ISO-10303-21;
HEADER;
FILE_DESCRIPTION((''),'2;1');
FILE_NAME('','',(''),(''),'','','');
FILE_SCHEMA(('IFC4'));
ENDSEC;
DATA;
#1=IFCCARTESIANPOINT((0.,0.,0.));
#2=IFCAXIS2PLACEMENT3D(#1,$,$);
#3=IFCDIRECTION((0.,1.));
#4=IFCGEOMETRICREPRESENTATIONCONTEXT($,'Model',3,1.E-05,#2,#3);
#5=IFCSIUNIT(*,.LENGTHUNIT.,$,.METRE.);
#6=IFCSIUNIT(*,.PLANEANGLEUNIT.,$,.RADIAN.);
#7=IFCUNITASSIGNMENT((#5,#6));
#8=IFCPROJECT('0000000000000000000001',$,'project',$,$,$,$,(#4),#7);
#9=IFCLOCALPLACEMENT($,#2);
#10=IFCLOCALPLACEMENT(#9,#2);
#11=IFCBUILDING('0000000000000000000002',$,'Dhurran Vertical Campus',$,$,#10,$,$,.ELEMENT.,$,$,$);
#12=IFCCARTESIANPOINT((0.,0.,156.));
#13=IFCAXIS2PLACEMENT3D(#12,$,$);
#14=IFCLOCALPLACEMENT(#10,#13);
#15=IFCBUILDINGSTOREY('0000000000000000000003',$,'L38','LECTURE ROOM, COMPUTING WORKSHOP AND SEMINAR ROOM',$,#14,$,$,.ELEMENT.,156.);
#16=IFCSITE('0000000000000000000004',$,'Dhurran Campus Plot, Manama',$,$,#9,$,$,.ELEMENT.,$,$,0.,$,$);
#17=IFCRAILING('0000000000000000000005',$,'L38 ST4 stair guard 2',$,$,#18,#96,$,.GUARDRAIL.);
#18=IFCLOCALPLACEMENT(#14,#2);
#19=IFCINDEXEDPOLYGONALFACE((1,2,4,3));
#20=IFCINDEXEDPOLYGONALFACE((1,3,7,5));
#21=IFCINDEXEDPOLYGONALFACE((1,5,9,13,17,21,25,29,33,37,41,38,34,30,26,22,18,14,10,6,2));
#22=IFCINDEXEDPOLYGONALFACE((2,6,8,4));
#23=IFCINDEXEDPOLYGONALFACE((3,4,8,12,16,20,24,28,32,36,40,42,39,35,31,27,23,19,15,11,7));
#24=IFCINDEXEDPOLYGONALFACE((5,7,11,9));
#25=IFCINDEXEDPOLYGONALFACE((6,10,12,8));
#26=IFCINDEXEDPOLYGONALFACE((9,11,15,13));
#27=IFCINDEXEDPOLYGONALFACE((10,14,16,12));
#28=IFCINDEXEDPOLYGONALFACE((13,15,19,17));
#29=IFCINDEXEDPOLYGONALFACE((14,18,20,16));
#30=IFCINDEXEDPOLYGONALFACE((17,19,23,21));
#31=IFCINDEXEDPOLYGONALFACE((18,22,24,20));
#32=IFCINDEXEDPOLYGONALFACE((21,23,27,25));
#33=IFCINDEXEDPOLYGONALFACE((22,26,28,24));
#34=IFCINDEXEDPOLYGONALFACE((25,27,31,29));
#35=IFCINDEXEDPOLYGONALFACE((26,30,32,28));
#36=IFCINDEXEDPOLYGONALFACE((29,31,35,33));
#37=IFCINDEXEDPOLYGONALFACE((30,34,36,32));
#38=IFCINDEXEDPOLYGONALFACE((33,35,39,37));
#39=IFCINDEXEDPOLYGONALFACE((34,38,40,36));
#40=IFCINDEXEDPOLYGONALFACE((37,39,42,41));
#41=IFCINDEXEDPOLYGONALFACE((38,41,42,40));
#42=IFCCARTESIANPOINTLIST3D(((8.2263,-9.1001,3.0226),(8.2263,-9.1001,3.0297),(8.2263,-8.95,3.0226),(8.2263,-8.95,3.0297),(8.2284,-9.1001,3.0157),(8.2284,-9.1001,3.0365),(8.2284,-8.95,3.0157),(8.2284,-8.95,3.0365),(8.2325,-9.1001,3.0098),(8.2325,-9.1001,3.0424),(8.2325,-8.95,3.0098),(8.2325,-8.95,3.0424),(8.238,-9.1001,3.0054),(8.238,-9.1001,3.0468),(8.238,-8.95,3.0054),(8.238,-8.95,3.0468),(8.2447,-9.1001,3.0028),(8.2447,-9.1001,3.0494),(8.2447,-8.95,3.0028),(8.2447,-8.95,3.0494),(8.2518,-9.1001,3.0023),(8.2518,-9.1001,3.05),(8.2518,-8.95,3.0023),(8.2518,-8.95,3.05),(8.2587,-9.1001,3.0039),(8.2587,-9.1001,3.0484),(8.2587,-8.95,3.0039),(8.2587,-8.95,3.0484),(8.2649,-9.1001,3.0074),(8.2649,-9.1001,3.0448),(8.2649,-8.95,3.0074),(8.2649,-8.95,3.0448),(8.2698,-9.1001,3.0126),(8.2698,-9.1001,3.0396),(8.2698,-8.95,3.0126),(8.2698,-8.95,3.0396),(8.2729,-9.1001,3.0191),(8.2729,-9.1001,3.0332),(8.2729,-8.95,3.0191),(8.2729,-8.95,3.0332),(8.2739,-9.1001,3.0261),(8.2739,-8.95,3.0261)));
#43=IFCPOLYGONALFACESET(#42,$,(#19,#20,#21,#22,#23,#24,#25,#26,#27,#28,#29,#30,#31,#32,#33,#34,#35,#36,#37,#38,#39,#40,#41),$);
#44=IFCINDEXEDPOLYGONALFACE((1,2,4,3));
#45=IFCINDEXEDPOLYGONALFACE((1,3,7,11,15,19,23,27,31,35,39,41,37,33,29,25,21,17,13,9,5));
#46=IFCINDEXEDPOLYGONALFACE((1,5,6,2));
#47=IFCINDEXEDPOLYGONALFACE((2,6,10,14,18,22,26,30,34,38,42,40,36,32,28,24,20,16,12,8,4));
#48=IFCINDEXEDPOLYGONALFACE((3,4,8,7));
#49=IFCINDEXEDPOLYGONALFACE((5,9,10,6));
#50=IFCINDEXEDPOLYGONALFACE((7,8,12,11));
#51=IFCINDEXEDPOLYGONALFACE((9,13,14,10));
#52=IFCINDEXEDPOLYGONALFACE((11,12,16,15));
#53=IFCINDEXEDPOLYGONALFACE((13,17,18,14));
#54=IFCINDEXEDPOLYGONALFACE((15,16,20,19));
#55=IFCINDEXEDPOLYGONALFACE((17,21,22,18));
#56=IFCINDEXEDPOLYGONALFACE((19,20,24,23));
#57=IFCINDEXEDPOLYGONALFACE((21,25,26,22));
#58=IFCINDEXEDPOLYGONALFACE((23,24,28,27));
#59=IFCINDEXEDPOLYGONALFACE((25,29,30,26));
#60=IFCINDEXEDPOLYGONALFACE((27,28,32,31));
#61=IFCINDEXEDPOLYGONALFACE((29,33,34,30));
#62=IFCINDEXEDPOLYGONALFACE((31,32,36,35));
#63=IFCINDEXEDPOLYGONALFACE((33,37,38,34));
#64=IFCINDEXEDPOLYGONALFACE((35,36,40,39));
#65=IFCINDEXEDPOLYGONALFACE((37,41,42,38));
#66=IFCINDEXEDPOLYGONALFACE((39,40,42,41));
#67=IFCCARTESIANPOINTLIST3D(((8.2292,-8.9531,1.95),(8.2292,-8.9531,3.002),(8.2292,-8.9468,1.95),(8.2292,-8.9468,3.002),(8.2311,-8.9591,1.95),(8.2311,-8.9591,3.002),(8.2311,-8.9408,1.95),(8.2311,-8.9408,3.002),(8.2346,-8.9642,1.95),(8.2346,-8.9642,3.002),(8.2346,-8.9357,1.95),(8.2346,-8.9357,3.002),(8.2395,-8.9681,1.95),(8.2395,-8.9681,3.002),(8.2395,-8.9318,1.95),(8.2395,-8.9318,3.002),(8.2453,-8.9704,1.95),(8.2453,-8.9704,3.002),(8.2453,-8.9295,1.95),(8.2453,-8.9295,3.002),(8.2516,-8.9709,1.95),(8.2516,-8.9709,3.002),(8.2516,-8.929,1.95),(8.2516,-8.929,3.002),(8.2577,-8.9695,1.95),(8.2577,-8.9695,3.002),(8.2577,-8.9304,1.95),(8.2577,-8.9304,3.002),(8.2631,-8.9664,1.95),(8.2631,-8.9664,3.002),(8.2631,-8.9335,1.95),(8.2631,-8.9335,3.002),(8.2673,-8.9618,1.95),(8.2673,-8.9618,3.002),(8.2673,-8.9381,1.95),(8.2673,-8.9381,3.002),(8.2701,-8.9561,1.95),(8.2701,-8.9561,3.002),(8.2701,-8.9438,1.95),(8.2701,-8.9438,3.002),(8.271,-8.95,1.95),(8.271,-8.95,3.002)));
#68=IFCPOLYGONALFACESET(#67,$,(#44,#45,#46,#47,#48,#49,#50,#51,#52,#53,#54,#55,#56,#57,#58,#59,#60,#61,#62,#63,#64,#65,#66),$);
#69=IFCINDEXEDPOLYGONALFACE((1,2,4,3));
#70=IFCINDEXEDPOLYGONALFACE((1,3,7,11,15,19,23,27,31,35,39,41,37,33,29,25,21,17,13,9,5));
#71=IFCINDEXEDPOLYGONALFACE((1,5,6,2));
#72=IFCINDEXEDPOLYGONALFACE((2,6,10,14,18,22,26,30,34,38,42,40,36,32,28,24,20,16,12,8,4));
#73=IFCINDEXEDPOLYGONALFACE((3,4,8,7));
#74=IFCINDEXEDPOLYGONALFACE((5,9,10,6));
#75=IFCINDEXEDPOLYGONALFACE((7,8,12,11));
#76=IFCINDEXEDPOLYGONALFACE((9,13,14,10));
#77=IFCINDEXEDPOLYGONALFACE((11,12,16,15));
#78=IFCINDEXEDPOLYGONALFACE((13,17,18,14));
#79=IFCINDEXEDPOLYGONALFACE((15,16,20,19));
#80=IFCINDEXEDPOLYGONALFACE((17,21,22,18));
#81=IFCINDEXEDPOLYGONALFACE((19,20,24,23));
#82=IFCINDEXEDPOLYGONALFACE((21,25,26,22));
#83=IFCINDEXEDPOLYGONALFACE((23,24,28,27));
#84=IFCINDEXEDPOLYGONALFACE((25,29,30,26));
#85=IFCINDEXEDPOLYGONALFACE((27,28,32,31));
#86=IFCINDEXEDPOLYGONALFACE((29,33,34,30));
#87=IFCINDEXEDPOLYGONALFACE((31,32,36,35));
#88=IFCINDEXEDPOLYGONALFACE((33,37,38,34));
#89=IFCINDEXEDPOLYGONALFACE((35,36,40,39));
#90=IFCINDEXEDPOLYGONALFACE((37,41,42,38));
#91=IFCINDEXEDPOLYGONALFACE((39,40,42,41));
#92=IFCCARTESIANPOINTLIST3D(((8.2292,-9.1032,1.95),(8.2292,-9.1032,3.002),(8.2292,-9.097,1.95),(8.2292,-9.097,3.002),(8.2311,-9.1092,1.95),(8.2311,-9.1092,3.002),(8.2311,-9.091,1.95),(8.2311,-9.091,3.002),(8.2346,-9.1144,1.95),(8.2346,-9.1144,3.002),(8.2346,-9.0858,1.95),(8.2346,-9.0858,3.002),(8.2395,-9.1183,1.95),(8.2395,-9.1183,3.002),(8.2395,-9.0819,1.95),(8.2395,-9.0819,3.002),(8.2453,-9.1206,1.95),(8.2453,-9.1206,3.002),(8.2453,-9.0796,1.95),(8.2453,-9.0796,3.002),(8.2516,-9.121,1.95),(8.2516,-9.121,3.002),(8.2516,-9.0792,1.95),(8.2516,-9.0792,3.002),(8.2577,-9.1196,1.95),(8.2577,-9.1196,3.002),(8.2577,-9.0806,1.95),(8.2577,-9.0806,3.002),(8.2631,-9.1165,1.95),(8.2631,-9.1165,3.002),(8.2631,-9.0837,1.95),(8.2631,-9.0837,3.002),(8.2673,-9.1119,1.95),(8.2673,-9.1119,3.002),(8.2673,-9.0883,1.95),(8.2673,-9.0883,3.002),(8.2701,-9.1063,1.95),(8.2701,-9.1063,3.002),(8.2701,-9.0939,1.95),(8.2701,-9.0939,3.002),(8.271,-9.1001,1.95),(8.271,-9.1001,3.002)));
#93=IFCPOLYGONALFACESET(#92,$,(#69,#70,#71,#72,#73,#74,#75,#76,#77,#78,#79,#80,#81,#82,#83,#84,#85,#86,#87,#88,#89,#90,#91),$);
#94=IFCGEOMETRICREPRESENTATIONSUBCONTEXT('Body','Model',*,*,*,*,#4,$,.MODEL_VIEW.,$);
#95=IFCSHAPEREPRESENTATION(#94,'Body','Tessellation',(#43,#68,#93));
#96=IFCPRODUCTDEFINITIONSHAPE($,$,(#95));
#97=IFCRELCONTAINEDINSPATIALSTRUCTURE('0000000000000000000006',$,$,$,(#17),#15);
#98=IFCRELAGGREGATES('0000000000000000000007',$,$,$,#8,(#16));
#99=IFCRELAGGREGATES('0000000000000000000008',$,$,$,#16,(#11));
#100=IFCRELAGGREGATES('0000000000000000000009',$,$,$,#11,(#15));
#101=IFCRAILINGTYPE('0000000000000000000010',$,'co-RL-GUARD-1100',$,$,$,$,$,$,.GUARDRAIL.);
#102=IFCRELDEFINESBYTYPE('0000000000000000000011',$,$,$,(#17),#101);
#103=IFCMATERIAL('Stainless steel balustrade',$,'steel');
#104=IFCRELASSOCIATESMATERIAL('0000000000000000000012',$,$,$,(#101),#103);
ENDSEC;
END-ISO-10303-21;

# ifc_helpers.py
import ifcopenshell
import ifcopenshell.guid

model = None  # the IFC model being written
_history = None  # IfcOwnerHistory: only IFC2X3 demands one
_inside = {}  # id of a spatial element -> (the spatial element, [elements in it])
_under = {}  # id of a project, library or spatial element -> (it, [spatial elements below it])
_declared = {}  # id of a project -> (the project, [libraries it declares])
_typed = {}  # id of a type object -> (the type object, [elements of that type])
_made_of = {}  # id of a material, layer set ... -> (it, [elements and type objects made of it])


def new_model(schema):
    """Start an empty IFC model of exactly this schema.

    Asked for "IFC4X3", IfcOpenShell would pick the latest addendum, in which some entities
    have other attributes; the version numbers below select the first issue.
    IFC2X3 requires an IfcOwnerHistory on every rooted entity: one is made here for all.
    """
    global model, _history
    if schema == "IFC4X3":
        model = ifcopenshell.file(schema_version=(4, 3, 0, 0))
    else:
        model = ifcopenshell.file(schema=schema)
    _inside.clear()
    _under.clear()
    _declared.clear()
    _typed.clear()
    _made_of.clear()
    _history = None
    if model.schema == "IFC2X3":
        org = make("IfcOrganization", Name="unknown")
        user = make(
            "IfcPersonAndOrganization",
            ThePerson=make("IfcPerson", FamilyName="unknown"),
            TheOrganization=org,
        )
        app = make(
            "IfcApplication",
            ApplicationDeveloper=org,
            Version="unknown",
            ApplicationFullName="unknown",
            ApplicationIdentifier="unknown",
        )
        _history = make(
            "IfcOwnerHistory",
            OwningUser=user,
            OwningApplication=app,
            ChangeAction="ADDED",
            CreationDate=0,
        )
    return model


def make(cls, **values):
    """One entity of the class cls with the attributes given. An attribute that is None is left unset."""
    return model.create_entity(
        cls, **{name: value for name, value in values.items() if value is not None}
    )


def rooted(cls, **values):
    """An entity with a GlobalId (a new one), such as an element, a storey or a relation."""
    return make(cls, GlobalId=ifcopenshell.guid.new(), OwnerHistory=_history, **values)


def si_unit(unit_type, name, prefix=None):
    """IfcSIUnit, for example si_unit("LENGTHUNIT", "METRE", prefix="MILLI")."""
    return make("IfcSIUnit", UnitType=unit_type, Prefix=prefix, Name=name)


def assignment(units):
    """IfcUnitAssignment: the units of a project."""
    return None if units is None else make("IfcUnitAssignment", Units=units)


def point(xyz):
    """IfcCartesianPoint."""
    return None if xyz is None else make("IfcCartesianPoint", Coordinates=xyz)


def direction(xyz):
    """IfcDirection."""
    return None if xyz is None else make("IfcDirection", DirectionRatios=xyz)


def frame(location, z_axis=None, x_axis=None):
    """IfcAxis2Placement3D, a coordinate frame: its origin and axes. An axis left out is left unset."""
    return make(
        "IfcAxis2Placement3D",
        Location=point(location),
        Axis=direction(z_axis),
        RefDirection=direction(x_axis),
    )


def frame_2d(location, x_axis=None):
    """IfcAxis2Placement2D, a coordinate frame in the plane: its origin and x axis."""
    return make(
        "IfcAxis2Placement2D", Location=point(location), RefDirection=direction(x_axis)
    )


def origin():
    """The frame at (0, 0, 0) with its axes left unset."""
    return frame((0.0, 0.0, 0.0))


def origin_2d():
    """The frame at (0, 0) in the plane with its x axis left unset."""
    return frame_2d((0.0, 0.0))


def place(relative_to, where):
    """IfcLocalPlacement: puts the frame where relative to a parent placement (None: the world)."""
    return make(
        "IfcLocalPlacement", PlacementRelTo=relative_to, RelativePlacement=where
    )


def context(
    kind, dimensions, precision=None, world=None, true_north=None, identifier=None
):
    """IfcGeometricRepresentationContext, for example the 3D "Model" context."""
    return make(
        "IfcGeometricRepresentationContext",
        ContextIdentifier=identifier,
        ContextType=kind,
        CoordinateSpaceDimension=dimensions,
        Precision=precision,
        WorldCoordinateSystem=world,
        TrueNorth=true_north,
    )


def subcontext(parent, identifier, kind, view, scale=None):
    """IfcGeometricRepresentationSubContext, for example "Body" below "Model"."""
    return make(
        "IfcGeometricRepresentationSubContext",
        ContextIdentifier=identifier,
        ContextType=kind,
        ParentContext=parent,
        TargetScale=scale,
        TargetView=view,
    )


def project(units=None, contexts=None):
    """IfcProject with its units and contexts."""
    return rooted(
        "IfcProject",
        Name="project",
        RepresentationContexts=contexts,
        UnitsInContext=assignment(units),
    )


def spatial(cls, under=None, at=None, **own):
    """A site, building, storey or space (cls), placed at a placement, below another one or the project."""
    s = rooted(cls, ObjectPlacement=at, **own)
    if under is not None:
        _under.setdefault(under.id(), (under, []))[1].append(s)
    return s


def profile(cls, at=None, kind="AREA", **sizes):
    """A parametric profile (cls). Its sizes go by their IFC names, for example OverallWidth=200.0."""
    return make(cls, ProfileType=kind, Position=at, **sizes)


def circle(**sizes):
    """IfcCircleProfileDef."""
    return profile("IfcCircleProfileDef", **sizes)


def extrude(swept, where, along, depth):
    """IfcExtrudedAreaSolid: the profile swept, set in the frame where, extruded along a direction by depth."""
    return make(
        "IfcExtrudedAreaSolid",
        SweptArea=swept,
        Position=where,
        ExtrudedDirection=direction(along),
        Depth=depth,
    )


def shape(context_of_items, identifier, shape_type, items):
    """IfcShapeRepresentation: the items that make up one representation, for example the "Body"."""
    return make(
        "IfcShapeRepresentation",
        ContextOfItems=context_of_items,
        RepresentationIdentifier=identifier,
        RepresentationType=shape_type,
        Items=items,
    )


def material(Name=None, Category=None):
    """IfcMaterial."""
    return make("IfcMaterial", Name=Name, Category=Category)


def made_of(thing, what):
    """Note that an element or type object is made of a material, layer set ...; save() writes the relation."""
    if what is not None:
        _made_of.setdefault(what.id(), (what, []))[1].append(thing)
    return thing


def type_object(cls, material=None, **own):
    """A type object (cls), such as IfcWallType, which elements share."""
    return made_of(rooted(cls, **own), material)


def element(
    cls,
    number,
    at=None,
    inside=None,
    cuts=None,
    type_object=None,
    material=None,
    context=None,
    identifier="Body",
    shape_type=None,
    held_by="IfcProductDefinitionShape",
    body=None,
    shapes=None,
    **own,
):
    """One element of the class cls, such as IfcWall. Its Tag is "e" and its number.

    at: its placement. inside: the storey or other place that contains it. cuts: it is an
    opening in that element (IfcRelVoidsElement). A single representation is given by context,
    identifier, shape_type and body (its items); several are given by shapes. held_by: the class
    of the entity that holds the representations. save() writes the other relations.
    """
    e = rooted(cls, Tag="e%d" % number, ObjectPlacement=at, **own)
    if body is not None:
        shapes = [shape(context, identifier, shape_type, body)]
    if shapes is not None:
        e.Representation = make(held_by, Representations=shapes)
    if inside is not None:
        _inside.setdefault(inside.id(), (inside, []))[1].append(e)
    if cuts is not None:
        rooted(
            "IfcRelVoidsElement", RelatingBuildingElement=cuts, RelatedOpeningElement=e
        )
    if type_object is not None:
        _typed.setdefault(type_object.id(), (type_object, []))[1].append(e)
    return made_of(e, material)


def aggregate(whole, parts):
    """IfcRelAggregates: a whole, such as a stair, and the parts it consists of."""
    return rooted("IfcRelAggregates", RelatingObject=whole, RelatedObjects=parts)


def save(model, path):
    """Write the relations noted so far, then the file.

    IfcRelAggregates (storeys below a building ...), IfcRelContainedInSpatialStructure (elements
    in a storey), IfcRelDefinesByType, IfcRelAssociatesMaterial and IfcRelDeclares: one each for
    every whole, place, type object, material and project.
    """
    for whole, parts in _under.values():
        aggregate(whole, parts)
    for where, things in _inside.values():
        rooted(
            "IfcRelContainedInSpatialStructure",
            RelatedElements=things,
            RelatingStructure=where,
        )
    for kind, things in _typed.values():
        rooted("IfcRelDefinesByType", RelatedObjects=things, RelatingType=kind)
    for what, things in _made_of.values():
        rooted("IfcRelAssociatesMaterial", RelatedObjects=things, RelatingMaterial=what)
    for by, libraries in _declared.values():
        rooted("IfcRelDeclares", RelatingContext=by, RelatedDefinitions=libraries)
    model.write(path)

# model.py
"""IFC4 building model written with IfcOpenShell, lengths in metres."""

from ifc_helpers import new_model, si_unit, direction, frame, origin, origin_2d, place, context, subcontext, project, spatial, circle, extrude, material, type_object, element, save


model = new_model("IFC4")

# Units and contexts
model_context = context("Model", 3, precision=1e-05, world=origin(), true_north=direction((0.0, 1.0)))
body_context = subcontext(model_context, "Body", "Model", "MODEL_VIEW")
ifc_project = project(units=[si_unit("LENGTHUNIT", "METRE"), si_unit("PLANEANGLEUNIT", "RADIAN")], contexts=[model_context])

# Site, building, storey
site_placement = place(None, origin())
site = spatial("IfcSite", under=ifc_project, at=site_placement, Name="Dhurran Campus Plot, Manama", CompositionType="ELEMENT", RefElevation=0.0)
building_placement = place(site_placement, origin())
building = spatial("IfcBuilding", under=site, at=building_placement, Name="Dhurran Vertical Campus", CompositionType="ELEMENT")
storey_placement = place(building_placement, frame((0.0, 0.0, 156.0)))
storey = spatial("IfcBuildingStorey", under=building, at=storey_placement, Name="L38", Description="LECTURE ROOM, COMPUTING WORKSHOP AND SEMINAR ROOM", CompositionType="ELEMENT", Elevation=156.0)

# Railing
ifc_material_1 = material(Name="Stainless steel balustrade", Category="steel")
railing_type_1 = type_object("IfcRailingType", Name="co-RL-GUARD-1100", PredefinedType="GUARDRAIL", material=ifc_material_1)
railing_1_placement = place(storey_placement, frame((8.25, -8.95, 1.95)))
element("IfcRailing", 1, at=railing_1_placement, inside=storey, type_object=railing_type_1, Name="L38 ST4 stair guard 2", PredefinedType="GUARDRAIL", context=body_context, shape_type="SweptSolid", body=[
    extrude(circle(Radius=0.0239, at=origin_2d()), frame((0.0, 0.0, 1.0762), z_axis=(0.0, -1.0, 0.0), x_axis=(1.0, 0.0, 0.0)), (0.0, 0.0, 1.0), 0.1501),
    extrude(circle(Radius=0.021, at=origin_2d()), origin(), (0.0, 0.0, 1.0), 1.052),
    extrude(circle(Radius=0.021, at=origin_2d()), frame((0.0, -0.1501, 0.0)), (0.0, 0.0, 1.0), 1.052),
])

save(model, "model.ifc")
